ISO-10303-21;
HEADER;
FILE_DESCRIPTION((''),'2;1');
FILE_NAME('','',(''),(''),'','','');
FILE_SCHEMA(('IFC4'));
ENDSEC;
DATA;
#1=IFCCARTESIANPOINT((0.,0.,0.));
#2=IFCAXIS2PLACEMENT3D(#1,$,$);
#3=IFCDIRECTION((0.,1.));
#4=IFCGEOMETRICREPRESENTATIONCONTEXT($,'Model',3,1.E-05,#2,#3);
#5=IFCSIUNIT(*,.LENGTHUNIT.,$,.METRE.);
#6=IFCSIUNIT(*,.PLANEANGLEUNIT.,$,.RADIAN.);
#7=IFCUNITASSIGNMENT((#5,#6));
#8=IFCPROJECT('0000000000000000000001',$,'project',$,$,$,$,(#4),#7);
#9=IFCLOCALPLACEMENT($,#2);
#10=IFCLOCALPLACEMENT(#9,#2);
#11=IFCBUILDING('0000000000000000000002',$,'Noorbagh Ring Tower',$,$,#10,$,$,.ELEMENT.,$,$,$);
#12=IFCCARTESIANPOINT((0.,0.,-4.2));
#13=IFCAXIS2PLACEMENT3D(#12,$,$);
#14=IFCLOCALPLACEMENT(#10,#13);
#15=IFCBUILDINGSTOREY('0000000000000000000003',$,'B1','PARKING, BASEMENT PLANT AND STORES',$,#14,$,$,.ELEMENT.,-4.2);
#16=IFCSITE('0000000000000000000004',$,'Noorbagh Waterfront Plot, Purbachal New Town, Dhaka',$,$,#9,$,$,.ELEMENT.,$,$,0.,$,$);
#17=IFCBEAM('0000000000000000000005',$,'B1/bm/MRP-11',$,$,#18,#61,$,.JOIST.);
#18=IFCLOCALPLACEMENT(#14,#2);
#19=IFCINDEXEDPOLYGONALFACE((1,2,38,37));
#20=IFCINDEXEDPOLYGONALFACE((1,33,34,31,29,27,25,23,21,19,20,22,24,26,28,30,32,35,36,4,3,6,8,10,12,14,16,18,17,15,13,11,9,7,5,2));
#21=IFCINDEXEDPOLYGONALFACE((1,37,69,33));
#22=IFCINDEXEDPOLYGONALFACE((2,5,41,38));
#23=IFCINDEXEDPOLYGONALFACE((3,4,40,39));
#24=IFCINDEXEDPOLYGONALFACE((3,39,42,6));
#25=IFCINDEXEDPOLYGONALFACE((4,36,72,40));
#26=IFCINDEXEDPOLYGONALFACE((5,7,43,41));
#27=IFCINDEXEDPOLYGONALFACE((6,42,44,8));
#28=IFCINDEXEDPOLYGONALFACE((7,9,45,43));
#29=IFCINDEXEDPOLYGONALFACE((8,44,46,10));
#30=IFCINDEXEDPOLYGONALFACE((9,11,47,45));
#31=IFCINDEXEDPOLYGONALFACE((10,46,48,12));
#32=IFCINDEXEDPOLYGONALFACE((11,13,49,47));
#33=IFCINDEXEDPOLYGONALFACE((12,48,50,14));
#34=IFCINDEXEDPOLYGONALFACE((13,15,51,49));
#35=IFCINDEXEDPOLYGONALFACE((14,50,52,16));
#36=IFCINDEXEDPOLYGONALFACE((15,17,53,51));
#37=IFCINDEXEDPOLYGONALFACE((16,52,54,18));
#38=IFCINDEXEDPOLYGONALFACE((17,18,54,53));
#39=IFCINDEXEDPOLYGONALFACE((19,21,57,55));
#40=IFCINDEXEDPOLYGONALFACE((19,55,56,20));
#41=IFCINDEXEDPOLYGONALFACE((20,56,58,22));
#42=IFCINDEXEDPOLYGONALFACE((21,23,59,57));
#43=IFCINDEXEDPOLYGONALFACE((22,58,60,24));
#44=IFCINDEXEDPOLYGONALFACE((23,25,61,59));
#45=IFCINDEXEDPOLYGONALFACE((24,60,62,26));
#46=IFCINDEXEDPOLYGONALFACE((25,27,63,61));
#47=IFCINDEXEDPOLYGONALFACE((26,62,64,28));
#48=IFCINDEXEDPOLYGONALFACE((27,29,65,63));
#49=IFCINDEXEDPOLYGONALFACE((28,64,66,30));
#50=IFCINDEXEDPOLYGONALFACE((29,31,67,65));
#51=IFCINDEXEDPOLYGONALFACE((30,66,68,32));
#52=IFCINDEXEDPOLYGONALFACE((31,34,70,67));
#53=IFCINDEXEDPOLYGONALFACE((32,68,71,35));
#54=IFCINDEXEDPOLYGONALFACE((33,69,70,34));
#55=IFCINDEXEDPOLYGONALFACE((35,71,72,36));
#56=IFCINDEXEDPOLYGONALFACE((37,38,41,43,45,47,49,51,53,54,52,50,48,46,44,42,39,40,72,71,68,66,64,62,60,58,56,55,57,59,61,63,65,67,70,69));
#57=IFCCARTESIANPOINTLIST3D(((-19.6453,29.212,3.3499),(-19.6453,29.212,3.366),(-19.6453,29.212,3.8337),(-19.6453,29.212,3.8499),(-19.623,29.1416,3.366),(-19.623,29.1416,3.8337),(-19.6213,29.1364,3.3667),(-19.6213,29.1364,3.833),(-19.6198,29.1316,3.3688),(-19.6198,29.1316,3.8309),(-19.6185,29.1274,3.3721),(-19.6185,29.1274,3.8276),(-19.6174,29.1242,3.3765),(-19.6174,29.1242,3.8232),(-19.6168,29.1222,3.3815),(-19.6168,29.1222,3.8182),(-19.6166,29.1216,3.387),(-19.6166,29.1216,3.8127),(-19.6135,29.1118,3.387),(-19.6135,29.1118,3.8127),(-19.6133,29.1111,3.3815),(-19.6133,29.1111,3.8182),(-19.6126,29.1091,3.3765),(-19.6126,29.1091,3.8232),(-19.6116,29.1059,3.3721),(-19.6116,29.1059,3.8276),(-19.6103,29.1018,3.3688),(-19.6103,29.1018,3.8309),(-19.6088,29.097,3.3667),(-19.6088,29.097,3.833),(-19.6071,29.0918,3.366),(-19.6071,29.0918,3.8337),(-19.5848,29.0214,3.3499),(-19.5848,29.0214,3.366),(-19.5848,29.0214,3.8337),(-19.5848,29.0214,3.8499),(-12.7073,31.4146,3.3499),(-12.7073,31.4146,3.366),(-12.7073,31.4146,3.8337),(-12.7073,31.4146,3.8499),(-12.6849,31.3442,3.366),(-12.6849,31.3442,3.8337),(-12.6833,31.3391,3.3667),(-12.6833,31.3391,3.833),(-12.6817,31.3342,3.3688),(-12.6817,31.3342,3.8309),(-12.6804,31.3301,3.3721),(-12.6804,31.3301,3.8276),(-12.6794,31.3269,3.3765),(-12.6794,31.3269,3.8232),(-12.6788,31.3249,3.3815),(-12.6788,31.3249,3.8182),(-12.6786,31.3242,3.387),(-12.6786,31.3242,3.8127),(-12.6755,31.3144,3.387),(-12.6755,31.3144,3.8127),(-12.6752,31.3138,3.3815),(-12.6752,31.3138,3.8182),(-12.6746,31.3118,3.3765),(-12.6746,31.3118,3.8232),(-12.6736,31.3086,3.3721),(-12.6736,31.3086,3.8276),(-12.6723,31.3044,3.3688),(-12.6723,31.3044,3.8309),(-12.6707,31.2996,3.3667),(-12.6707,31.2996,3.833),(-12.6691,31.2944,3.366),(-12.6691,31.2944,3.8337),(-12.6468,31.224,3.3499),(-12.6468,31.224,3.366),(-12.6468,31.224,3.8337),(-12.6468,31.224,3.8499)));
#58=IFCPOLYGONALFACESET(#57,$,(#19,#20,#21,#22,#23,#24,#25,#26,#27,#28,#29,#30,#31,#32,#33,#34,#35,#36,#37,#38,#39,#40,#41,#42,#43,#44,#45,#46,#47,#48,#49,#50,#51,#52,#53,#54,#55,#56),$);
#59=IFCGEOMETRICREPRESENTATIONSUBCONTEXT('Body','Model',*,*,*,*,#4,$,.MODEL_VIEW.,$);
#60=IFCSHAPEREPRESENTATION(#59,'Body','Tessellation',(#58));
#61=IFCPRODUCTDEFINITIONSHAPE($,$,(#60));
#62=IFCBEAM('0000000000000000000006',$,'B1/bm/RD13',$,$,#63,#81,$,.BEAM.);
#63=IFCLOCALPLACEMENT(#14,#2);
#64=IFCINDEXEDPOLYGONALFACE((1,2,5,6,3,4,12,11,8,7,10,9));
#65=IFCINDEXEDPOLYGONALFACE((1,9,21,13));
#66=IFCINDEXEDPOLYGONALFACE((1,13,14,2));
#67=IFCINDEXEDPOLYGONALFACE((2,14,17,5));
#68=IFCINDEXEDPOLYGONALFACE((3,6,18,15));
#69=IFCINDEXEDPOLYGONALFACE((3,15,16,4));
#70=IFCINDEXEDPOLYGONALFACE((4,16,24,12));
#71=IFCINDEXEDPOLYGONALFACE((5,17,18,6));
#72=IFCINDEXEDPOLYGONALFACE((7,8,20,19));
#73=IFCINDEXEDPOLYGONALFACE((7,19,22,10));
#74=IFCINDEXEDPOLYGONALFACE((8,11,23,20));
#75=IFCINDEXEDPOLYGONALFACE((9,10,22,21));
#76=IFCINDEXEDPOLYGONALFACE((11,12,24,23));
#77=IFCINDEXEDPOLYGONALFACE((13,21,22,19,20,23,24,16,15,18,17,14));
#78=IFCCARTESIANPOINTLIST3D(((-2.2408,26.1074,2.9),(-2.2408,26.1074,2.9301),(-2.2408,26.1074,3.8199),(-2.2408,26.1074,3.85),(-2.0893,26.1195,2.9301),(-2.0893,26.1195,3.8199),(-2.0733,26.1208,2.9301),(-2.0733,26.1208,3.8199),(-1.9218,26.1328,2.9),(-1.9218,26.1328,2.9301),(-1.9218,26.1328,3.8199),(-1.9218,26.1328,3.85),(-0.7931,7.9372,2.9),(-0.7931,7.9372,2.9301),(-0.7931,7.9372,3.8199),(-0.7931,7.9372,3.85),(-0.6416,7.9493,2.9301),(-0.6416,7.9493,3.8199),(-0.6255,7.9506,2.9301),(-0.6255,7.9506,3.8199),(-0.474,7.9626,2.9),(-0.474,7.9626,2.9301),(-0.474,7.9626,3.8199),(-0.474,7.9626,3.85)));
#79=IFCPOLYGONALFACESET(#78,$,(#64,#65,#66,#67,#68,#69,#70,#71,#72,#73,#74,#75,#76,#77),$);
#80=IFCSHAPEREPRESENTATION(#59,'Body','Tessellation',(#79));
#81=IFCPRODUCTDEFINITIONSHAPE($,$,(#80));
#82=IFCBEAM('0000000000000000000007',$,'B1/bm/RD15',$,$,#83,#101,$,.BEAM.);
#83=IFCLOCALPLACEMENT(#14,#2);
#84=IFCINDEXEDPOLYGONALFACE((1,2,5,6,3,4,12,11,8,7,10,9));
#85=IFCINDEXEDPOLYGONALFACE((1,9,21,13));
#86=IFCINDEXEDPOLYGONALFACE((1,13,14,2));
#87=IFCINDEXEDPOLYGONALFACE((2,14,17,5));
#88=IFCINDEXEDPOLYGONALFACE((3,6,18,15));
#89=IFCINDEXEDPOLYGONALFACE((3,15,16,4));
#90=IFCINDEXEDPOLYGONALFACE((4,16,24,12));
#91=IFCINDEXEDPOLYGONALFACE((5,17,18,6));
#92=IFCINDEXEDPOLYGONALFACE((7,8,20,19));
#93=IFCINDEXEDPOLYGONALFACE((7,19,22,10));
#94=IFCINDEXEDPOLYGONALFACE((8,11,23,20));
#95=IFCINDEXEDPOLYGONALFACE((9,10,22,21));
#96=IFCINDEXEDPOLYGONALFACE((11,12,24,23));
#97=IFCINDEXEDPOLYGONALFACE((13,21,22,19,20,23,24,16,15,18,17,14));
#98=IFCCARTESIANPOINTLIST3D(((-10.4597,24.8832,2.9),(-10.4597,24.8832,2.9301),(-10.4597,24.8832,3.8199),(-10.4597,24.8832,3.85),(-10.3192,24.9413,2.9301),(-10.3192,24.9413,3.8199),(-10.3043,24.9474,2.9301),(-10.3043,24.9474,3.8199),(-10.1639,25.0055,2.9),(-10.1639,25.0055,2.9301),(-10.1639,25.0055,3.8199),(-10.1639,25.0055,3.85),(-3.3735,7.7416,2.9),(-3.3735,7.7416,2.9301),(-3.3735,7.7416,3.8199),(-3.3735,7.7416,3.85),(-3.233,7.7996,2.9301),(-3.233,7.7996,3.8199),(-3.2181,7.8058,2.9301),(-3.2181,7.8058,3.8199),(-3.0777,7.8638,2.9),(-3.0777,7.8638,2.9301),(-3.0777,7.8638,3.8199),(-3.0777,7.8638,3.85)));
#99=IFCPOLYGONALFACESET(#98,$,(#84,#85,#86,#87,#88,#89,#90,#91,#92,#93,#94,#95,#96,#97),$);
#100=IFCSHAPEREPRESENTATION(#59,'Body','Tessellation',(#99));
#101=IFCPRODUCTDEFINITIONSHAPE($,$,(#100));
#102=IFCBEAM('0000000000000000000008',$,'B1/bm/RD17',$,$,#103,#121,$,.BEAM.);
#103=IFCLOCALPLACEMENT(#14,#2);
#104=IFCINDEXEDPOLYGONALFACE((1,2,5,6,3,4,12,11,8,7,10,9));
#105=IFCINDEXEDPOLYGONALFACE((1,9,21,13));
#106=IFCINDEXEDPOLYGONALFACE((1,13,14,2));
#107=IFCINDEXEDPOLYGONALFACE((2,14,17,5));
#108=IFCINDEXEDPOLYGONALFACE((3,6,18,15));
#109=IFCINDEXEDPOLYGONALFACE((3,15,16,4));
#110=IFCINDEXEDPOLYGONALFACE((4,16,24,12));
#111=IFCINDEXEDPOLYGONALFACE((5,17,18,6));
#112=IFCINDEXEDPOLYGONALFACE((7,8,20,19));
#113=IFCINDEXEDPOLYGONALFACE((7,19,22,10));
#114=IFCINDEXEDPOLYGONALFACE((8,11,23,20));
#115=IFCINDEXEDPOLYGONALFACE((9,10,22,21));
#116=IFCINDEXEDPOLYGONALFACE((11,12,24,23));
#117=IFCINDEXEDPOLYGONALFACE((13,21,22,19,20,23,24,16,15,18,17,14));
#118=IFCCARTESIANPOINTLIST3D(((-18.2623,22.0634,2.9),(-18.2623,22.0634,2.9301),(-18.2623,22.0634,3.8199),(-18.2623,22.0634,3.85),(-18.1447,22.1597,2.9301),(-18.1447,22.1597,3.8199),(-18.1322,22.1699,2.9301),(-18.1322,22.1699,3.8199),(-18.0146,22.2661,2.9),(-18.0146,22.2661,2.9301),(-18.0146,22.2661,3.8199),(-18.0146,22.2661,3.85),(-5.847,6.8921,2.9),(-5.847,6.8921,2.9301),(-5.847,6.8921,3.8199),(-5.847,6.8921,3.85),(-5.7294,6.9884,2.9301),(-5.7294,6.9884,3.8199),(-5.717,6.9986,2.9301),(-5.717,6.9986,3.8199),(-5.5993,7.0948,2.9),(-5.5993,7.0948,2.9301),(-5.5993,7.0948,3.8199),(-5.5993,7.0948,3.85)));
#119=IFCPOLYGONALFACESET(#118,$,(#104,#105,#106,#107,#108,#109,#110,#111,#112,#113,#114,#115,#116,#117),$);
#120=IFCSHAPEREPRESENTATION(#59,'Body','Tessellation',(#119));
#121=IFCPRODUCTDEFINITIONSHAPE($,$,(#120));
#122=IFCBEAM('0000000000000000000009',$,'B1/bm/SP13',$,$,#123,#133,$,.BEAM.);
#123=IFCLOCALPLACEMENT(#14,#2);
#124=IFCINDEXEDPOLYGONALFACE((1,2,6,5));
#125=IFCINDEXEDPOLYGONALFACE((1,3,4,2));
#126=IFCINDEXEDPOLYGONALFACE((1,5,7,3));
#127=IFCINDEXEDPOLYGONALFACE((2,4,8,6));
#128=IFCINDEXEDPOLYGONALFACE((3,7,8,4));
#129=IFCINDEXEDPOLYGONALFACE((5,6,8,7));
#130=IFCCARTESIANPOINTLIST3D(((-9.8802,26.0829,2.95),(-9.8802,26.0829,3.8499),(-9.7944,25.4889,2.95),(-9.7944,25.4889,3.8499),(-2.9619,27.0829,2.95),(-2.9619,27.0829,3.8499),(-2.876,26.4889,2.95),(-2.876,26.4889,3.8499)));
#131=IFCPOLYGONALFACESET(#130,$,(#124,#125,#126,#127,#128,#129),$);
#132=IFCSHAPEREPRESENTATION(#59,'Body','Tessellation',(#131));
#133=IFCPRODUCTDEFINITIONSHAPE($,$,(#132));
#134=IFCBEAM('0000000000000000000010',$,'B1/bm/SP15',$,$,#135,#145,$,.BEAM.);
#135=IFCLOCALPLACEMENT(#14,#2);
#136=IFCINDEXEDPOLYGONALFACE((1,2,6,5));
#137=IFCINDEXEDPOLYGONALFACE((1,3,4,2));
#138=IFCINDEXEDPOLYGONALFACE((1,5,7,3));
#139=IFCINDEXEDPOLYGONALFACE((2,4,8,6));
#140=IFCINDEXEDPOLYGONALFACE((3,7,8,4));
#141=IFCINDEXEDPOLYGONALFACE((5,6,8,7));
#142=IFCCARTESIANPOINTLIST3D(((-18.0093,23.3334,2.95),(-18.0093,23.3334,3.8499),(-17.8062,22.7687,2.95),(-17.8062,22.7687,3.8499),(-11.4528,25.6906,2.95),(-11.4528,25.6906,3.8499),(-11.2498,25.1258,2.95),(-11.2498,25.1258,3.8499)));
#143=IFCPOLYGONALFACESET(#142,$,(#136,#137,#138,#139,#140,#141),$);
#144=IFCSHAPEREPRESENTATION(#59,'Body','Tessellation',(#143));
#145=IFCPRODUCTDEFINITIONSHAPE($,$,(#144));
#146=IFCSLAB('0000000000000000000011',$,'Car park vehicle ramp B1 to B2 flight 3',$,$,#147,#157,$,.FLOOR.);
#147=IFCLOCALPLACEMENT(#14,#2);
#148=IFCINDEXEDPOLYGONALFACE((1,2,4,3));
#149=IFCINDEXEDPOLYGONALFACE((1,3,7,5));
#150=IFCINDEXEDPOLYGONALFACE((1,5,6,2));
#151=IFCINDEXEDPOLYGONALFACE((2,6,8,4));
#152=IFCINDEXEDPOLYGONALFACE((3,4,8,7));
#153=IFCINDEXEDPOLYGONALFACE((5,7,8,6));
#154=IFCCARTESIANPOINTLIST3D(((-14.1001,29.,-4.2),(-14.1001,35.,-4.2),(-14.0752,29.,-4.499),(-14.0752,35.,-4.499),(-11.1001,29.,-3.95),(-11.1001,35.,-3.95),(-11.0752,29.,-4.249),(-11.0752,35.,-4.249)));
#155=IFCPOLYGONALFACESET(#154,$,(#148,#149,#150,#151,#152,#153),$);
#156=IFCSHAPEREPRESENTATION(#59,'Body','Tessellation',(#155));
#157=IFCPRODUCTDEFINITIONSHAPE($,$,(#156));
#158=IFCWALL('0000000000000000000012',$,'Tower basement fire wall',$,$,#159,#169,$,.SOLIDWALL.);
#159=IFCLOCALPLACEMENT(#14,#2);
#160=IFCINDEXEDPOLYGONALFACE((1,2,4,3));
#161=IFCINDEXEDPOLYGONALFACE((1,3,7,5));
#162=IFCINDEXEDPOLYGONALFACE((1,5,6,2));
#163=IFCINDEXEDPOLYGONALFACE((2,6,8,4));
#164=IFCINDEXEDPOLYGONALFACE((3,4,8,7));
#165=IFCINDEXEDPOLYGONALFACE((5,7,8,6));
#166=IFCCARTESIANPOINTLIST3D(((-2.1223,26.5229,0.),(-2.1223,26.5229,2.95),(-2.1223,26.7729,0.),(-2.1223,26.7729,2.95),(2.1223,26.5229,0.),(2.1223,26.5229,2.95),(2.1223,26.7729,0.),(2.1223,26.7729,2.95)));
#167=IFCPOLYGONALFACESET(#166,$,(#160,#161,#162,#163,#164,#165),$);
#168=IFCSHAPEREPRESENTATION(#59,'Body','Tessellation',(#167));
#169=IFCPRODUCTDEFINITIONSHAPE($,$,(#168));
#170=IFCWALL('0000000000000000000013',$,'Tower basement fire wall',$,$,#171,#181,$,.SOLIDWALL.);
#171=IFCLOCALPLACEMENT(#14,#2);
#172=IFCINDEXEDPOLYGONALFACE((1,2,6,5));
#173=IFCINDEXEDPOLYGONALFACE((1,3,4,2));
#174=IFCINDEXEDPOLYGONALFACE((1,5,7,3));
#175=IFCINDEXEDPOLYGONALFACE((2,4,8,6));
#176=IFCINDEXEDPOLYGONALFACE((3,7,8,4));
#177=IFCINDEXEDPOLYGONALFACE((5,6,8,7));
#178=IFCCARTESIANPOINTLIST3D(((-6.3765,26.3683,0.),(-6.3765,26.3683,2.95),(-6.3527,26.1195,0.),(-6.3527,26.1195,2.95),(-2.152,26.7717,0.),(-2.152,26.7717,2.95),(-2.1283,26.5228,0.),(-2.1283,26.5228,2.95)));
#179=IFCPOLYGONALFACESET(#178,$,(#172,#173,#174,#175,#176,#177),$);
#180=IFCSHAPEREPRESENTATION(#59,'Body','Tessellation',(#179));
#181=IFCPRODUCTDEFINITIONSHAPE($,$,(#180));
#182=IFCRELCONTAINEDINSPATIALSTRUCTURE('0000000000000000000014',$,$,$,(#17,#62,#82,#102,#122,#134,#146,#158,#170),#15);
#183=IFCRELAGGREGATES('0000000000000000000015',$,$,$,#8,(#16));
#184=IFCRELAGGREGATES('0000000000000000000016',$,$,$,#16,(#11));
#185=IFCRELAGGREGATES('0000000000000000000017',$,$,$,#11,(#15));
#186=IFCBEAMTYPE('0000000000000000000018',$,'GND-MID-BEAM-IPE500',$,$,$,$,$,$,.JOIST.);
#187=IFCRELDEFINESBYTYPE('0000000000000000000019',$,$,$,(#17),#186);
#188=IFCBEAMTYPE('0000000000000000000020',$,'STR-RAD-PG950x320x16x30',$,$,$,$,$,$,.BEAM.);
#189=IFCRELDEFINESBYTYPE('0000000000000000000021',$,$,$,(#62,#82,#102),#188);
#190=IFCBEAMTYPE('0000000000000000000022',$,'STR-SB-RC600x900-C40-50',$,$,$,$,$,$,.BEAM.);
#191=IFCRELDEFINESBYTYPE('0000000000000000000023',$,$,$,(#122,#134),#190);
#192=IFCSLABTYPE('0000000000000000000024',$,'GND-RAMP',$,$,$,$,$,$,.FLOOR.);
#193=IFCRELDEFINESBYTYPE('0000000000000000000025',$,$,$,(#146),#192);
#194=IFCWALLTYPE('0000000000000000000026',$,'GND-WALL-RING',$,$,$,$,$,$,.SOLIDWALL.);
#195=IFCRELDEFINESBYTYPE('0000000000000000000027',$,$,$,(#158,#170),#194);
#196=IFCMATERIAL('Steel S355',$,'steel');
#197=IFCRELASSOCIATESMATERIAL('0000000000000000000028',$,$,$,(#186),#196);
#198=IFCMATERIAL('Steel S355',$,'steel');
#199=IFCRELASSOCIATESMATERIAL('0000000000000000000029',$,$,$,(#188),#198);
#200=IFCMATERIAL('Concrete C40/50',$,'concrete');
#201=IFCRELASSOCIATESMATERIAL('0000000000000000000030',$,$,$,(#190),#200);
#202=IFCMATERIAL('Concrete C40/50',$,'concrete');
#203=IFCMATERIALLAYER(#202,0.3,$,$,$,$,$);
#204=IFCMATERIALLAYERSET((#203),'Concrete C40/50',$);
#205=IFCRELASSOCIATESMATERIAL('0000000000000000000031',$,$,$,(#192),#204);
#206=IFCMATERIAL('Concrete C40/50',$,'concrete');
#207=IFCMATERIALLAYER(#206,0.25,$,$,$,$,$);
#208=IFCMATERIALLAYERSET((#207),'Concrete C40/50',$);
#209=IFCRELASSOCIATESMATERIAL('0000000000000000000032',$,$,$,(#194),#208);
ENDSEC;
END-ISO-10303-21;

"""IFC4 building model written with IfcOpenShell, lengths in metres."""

from ifc_helpers import new_model, si_unit, direction, frame, frame_2d, origin, origin_2d, place, context, subcontext, project, spatial, polyline, rectangle, i_section, outline, extrude, material, layer, layer_set, material_profile, profile_set, type_object, element, save


model = new_model("IFC4")

# Units and contexts
model_context = context("Model", 3, precision=1e-05, world=origin(), true_north=direction((0.0, 1.0)))
body_context = subcontext(model_context, "Body", "Model", "MODEL_VIEW")
ifc_project = project(units=[si_unit("LENGTHUNIT", "METRE"), si_unit("PLANEANGLEUNIT", "RADIAN")], contexts=[model_context])

# Site, building, storey
site_placement = place(None, origin())
site = spatial("IfcSite", under=ifc_project, at=site_placement, Name="Noorbagh Waterfront Plot, Purbachal New Town, Dhaka", CompositionType="ELEMENT", RefElevation=0.0)
building_placement = place(site_placement, origin())
building = spatial("IfcBuilding", under=site, at=building_placement, Name="Noorbagh Ring Tower", CompositionType="ELEMENT")
storey_placement = place(building_placement, frame((0.0, 0.0, -4.2)))
storey = spatial("IfcBuildingStorey", under=building, at=storey_placement, Name="B1", Description="PARKING, BASEMENT PLANT AND STORES", CompositionType="ELEMENT", Elevation=-4.2)

# Beams
ifc_material_1 = material(Name="Steel S355", Category="steel")
ifc_material_profile_1 = material_profile(ifc_material_1, i_section(OverallWidth=0.2, OverallDepth=0.5, WebThickness=0.0103, FlangeThickness=0.0161, FilletRadius=0.021, at=origin_2d()), Name="IPE500")
ifc_profile_set_1 = profile_set([ifc_material_profile_1], Name="Steel S355")
beam_type_1 = type_object("IfcBeamType", Name="GND-MID-BEAM-IPE500", PredefinedType="JOIST", material=ifc_profile_set_1)
beam_1_placement = place(storey_placement, frame((-12.677, 31.3193, 3.5999), z_axis=(-0.95312, -0.302592, 0.0), x_axis=(0.302592, -0.95312, 0.0)))
element("IfcBeam", 1, at=beam_1_placement, inside=storey, type_object=beam_type_1, Name="B1/bm/MRP-11", PredefinedType="JOIST", context=body_context, shape_type="SweptSolid", body=[
    extrude(i_section(OverallWidth=0.2, OverallDepth=0.5, WebThickness=0.0103, FlangeThickness=0.0161, FilletRadius=0.021, at=origin_2d()), origin(), (0.0, 0.0, 1.0), 7.2793),
])
ifc_material_2 = material(Name="Steel S355", Category="steel")
ifc_material_profile_2 = material_profile(ifc_material_2, i_section(OverallWidth=0.3201, OverallDepth=0.95, WebThickness=0.0161, FlangeThickness=0.03, at=origin_2d()), Name="PG950x320x16x30")
ifc_profile_set_2 = profile_set([ifc_material_profile_2], Name="Steel S355")
beam_type_2 = type_object("IfcBeamType", Name="STR-RAD-PG950x320x16x30", PredefinedType="BEAM", material=ifc_profile_set_2)
beam_2_placement = place(storey_placement, frame((-2.0813, 26.1201, 3.375), z_axis=(0.079426, -0.996841, 0.0), x_axis=(0.996841, 0.079426, 0.0)))
element("IfcBeam", 2, at=beam_2_placement, inside=storey, type_object=beam_type_2, Name="B1/bm/RD13", PredefinedType="BEAM", context=body_context, shape_type="SweptSolid", body=[
    extrude(i_section(OverallWidth=0.3201, OverallDepth=0.95, WebThickness=0.0161, FlangeThickness=0.03, at=origin_2d()), origin(), (0.0, 0.0, 1.0), 18.2278),
])
beam_3_placement = place(storey_placement, frame((-10.3118, 24.9443, 3.375), z_axis=(0.382034, -0.924148, 0.0), x_axis=(0.924148, 0.382034, 0.0)))
element("IfcBeam", 3, at=beam_3_placement, inside=storey, type_object=beam_type_2, Name="B1/bm/RD15", PredefinedType="BEAM", context=body_context, shape_type="SweptSolid", body=[
    extrude(i_section(OverallWidth=0.3201, OverallDepth=0.95, WebThickness=0.0161, FlangeThickness=0.03, at=origin_2d()), origin(), (0.0, 0.0, 1.0), 18.5486),
])
beam_4_placement = place(storey_placement, frame((-18.1384, 22.1648, 3.375), z_axis=(0.633309, -0.773899, 0.0), x_axis=(0.773899, 0.633309, 0.0)))
element("IfcBeam", 4, at=beam_4_placement, inside=storey, type_object=beam_type_2, Name="B1/bm/RD17", PredefinedType="BEAM", context=body_context, shape_type="SweptSolid", body=[
    extrude(i_section(OverallWidth=0.3201, OverallDepth=0.95, WebThickness=0.0161, FlangeThickness=0.03, at=origin_2d()), origin(), (0.0, 0.0, 1.0), 19.6038),
])
ifc_material_3 = material(Name="Concrete C40/50", Category="concrete")
ifc_material_profile_3 = material_profile(ifc_material_3, rectangle(XDim=0.6001, YDim=0.8999, at=origin_2d()), Name="RC600x900")
ifc_profile_set_3 = profile_set([ifc_material_profile_3], Name="Concrete C40/50")
beam_type_3 = type_object("IfcBeamType", Name="STR-SB-RC600x900-C40-50", PredefinedType="BEAM", material=ifc_profile_set_3)
beam_5_placement = place(storey_placement, frame((-2.9189, 26.7859, 3.3999), z_axis=(-0.989715, -0.143054, 0.0), x_axis=(0.143054, -0.989715, 0.0)))
element("IfcBeam", 5, at=beam_5_placement, inside=storey, type_object=beam_type_3, Name="B1/bm/SP13", PredefinedType="BEAM", context=body_context, shape_type="SweptSolid", body=[
    extrude(rectangle(XDim=0.6001, YDim=0.8999, at=origin_2d()), origin(), (0.0, 0.0, 1.0), 6.9902),
])
beam_6_placement = place(storey_placement, frame((-11.3513, 25.4082, 3.3999), z_axis=(-0.94103, -0.338322, 0.0), x_axis=(0.338322, -0.94103, 0.0)))
element("IfcBeam", 6, at=beam_6_placement, inside=storey, type_object=beam_type_3, Name="B1/bm/SP15", PredefinedType="BEAM", context=body_context, shape_type="SweptSolid", body=[
    extrude(rectangle(XDim=0.6001, YDim=0.8999, at=origin_2d()), origin(), (0.0, 0.0, 1.0), 6.9673),
])

# Slab
ifc_material_4 = material(Name="Concrete C40/50", Category="concrete")
ifc_layer_1 = layer(ifc_material_4, 0.3)
ifc_layer_set_1 = layer_set([ifc_layer_1], Name="Concrete C40/50")
slab_type = type_object("IfcSlabType", Name="GND-RAMP", PredefinedType="FLOOR", material=ifc_layer_set_1)
slab_placement = place(storey_placement, frame((-11.1001, 29.0, -3.95), z_axis=(-0.083045, 0.0, 0.996546), x_axis=(0.0, 1.0, 0.0)))
element("IfcSlab", 7, at=slab_placement, inside=storey, type_object=slab_type, Name="Car park vehicle ramp B1 to B2 flight 3", PredefinedType="FLOOR", context=body_context, shape_type="SweptSolid", body=[
    extrude(outline(polyline([(0.0, 0.0), (6.0, 0.0), (6.0, 3.0104), (0.0, 3.0104), (0.0, 0.0)])), origin(), (0.0, 0.0, -1.0), 0.3),
])

# Walls
ifc_material_5 = material(Name="Concrete C40/50", Category="concrete")
ifc_layer_2 = layer(ifc_material_5, 0.25)
ifc_layer_set_2 = layer_set([ifc_layer_2], Name="Concrete C40/50")
wall_type_1 = type_object("IfcWallType", Name="GND-WALL-RING", PredefinedType="SOLIDWALL", material=ifc_layer_set_2)
wall_1_placement = place(storey_placement, frame((2.1223, 26.6479, 0.0), z_axis=(0.0, 0.0, 1.0), x_axis=(-1.0, 0.0, 0.0)))
element("IfcWall", 8, at=wall_1_placement, inside=storey, type_object=wall_type_1, Name="Tower basement fire wall", PredefinedType="SOLIDWALL", context=body_context, shape_type="SweptSolid", body=[
    extrude(rectangle(XDim=4.2446, YDim=0.25, at=frame_2d((2.1223, 0.0))), origin(), (0.0, 0.0, 1.0), 2.95),
])
wall_2_placement = place(storey_placement, frame((-2.1401, 26.6472, 0.0), z_axis=(0.0, 0.0, 1.0), x_axis=(-0.995473, -0.095043, 0.0)))
element("IfcWall", 9, at=wall_2_placement, inside=storey, type_object=wall_type_1, Name="Tower basement fire wall", PredefinedType="SOLIDWALL", context=body_context, shape_type="SweptSolid", body=[
    extrude(rectangle(XDim=4.2437, YDim=0.25, at=frame_2d((2.1218, 0.0))), origin(), (0.0, 0.0, 1.0), 2.95),
])

save(model, "model.ifc")
